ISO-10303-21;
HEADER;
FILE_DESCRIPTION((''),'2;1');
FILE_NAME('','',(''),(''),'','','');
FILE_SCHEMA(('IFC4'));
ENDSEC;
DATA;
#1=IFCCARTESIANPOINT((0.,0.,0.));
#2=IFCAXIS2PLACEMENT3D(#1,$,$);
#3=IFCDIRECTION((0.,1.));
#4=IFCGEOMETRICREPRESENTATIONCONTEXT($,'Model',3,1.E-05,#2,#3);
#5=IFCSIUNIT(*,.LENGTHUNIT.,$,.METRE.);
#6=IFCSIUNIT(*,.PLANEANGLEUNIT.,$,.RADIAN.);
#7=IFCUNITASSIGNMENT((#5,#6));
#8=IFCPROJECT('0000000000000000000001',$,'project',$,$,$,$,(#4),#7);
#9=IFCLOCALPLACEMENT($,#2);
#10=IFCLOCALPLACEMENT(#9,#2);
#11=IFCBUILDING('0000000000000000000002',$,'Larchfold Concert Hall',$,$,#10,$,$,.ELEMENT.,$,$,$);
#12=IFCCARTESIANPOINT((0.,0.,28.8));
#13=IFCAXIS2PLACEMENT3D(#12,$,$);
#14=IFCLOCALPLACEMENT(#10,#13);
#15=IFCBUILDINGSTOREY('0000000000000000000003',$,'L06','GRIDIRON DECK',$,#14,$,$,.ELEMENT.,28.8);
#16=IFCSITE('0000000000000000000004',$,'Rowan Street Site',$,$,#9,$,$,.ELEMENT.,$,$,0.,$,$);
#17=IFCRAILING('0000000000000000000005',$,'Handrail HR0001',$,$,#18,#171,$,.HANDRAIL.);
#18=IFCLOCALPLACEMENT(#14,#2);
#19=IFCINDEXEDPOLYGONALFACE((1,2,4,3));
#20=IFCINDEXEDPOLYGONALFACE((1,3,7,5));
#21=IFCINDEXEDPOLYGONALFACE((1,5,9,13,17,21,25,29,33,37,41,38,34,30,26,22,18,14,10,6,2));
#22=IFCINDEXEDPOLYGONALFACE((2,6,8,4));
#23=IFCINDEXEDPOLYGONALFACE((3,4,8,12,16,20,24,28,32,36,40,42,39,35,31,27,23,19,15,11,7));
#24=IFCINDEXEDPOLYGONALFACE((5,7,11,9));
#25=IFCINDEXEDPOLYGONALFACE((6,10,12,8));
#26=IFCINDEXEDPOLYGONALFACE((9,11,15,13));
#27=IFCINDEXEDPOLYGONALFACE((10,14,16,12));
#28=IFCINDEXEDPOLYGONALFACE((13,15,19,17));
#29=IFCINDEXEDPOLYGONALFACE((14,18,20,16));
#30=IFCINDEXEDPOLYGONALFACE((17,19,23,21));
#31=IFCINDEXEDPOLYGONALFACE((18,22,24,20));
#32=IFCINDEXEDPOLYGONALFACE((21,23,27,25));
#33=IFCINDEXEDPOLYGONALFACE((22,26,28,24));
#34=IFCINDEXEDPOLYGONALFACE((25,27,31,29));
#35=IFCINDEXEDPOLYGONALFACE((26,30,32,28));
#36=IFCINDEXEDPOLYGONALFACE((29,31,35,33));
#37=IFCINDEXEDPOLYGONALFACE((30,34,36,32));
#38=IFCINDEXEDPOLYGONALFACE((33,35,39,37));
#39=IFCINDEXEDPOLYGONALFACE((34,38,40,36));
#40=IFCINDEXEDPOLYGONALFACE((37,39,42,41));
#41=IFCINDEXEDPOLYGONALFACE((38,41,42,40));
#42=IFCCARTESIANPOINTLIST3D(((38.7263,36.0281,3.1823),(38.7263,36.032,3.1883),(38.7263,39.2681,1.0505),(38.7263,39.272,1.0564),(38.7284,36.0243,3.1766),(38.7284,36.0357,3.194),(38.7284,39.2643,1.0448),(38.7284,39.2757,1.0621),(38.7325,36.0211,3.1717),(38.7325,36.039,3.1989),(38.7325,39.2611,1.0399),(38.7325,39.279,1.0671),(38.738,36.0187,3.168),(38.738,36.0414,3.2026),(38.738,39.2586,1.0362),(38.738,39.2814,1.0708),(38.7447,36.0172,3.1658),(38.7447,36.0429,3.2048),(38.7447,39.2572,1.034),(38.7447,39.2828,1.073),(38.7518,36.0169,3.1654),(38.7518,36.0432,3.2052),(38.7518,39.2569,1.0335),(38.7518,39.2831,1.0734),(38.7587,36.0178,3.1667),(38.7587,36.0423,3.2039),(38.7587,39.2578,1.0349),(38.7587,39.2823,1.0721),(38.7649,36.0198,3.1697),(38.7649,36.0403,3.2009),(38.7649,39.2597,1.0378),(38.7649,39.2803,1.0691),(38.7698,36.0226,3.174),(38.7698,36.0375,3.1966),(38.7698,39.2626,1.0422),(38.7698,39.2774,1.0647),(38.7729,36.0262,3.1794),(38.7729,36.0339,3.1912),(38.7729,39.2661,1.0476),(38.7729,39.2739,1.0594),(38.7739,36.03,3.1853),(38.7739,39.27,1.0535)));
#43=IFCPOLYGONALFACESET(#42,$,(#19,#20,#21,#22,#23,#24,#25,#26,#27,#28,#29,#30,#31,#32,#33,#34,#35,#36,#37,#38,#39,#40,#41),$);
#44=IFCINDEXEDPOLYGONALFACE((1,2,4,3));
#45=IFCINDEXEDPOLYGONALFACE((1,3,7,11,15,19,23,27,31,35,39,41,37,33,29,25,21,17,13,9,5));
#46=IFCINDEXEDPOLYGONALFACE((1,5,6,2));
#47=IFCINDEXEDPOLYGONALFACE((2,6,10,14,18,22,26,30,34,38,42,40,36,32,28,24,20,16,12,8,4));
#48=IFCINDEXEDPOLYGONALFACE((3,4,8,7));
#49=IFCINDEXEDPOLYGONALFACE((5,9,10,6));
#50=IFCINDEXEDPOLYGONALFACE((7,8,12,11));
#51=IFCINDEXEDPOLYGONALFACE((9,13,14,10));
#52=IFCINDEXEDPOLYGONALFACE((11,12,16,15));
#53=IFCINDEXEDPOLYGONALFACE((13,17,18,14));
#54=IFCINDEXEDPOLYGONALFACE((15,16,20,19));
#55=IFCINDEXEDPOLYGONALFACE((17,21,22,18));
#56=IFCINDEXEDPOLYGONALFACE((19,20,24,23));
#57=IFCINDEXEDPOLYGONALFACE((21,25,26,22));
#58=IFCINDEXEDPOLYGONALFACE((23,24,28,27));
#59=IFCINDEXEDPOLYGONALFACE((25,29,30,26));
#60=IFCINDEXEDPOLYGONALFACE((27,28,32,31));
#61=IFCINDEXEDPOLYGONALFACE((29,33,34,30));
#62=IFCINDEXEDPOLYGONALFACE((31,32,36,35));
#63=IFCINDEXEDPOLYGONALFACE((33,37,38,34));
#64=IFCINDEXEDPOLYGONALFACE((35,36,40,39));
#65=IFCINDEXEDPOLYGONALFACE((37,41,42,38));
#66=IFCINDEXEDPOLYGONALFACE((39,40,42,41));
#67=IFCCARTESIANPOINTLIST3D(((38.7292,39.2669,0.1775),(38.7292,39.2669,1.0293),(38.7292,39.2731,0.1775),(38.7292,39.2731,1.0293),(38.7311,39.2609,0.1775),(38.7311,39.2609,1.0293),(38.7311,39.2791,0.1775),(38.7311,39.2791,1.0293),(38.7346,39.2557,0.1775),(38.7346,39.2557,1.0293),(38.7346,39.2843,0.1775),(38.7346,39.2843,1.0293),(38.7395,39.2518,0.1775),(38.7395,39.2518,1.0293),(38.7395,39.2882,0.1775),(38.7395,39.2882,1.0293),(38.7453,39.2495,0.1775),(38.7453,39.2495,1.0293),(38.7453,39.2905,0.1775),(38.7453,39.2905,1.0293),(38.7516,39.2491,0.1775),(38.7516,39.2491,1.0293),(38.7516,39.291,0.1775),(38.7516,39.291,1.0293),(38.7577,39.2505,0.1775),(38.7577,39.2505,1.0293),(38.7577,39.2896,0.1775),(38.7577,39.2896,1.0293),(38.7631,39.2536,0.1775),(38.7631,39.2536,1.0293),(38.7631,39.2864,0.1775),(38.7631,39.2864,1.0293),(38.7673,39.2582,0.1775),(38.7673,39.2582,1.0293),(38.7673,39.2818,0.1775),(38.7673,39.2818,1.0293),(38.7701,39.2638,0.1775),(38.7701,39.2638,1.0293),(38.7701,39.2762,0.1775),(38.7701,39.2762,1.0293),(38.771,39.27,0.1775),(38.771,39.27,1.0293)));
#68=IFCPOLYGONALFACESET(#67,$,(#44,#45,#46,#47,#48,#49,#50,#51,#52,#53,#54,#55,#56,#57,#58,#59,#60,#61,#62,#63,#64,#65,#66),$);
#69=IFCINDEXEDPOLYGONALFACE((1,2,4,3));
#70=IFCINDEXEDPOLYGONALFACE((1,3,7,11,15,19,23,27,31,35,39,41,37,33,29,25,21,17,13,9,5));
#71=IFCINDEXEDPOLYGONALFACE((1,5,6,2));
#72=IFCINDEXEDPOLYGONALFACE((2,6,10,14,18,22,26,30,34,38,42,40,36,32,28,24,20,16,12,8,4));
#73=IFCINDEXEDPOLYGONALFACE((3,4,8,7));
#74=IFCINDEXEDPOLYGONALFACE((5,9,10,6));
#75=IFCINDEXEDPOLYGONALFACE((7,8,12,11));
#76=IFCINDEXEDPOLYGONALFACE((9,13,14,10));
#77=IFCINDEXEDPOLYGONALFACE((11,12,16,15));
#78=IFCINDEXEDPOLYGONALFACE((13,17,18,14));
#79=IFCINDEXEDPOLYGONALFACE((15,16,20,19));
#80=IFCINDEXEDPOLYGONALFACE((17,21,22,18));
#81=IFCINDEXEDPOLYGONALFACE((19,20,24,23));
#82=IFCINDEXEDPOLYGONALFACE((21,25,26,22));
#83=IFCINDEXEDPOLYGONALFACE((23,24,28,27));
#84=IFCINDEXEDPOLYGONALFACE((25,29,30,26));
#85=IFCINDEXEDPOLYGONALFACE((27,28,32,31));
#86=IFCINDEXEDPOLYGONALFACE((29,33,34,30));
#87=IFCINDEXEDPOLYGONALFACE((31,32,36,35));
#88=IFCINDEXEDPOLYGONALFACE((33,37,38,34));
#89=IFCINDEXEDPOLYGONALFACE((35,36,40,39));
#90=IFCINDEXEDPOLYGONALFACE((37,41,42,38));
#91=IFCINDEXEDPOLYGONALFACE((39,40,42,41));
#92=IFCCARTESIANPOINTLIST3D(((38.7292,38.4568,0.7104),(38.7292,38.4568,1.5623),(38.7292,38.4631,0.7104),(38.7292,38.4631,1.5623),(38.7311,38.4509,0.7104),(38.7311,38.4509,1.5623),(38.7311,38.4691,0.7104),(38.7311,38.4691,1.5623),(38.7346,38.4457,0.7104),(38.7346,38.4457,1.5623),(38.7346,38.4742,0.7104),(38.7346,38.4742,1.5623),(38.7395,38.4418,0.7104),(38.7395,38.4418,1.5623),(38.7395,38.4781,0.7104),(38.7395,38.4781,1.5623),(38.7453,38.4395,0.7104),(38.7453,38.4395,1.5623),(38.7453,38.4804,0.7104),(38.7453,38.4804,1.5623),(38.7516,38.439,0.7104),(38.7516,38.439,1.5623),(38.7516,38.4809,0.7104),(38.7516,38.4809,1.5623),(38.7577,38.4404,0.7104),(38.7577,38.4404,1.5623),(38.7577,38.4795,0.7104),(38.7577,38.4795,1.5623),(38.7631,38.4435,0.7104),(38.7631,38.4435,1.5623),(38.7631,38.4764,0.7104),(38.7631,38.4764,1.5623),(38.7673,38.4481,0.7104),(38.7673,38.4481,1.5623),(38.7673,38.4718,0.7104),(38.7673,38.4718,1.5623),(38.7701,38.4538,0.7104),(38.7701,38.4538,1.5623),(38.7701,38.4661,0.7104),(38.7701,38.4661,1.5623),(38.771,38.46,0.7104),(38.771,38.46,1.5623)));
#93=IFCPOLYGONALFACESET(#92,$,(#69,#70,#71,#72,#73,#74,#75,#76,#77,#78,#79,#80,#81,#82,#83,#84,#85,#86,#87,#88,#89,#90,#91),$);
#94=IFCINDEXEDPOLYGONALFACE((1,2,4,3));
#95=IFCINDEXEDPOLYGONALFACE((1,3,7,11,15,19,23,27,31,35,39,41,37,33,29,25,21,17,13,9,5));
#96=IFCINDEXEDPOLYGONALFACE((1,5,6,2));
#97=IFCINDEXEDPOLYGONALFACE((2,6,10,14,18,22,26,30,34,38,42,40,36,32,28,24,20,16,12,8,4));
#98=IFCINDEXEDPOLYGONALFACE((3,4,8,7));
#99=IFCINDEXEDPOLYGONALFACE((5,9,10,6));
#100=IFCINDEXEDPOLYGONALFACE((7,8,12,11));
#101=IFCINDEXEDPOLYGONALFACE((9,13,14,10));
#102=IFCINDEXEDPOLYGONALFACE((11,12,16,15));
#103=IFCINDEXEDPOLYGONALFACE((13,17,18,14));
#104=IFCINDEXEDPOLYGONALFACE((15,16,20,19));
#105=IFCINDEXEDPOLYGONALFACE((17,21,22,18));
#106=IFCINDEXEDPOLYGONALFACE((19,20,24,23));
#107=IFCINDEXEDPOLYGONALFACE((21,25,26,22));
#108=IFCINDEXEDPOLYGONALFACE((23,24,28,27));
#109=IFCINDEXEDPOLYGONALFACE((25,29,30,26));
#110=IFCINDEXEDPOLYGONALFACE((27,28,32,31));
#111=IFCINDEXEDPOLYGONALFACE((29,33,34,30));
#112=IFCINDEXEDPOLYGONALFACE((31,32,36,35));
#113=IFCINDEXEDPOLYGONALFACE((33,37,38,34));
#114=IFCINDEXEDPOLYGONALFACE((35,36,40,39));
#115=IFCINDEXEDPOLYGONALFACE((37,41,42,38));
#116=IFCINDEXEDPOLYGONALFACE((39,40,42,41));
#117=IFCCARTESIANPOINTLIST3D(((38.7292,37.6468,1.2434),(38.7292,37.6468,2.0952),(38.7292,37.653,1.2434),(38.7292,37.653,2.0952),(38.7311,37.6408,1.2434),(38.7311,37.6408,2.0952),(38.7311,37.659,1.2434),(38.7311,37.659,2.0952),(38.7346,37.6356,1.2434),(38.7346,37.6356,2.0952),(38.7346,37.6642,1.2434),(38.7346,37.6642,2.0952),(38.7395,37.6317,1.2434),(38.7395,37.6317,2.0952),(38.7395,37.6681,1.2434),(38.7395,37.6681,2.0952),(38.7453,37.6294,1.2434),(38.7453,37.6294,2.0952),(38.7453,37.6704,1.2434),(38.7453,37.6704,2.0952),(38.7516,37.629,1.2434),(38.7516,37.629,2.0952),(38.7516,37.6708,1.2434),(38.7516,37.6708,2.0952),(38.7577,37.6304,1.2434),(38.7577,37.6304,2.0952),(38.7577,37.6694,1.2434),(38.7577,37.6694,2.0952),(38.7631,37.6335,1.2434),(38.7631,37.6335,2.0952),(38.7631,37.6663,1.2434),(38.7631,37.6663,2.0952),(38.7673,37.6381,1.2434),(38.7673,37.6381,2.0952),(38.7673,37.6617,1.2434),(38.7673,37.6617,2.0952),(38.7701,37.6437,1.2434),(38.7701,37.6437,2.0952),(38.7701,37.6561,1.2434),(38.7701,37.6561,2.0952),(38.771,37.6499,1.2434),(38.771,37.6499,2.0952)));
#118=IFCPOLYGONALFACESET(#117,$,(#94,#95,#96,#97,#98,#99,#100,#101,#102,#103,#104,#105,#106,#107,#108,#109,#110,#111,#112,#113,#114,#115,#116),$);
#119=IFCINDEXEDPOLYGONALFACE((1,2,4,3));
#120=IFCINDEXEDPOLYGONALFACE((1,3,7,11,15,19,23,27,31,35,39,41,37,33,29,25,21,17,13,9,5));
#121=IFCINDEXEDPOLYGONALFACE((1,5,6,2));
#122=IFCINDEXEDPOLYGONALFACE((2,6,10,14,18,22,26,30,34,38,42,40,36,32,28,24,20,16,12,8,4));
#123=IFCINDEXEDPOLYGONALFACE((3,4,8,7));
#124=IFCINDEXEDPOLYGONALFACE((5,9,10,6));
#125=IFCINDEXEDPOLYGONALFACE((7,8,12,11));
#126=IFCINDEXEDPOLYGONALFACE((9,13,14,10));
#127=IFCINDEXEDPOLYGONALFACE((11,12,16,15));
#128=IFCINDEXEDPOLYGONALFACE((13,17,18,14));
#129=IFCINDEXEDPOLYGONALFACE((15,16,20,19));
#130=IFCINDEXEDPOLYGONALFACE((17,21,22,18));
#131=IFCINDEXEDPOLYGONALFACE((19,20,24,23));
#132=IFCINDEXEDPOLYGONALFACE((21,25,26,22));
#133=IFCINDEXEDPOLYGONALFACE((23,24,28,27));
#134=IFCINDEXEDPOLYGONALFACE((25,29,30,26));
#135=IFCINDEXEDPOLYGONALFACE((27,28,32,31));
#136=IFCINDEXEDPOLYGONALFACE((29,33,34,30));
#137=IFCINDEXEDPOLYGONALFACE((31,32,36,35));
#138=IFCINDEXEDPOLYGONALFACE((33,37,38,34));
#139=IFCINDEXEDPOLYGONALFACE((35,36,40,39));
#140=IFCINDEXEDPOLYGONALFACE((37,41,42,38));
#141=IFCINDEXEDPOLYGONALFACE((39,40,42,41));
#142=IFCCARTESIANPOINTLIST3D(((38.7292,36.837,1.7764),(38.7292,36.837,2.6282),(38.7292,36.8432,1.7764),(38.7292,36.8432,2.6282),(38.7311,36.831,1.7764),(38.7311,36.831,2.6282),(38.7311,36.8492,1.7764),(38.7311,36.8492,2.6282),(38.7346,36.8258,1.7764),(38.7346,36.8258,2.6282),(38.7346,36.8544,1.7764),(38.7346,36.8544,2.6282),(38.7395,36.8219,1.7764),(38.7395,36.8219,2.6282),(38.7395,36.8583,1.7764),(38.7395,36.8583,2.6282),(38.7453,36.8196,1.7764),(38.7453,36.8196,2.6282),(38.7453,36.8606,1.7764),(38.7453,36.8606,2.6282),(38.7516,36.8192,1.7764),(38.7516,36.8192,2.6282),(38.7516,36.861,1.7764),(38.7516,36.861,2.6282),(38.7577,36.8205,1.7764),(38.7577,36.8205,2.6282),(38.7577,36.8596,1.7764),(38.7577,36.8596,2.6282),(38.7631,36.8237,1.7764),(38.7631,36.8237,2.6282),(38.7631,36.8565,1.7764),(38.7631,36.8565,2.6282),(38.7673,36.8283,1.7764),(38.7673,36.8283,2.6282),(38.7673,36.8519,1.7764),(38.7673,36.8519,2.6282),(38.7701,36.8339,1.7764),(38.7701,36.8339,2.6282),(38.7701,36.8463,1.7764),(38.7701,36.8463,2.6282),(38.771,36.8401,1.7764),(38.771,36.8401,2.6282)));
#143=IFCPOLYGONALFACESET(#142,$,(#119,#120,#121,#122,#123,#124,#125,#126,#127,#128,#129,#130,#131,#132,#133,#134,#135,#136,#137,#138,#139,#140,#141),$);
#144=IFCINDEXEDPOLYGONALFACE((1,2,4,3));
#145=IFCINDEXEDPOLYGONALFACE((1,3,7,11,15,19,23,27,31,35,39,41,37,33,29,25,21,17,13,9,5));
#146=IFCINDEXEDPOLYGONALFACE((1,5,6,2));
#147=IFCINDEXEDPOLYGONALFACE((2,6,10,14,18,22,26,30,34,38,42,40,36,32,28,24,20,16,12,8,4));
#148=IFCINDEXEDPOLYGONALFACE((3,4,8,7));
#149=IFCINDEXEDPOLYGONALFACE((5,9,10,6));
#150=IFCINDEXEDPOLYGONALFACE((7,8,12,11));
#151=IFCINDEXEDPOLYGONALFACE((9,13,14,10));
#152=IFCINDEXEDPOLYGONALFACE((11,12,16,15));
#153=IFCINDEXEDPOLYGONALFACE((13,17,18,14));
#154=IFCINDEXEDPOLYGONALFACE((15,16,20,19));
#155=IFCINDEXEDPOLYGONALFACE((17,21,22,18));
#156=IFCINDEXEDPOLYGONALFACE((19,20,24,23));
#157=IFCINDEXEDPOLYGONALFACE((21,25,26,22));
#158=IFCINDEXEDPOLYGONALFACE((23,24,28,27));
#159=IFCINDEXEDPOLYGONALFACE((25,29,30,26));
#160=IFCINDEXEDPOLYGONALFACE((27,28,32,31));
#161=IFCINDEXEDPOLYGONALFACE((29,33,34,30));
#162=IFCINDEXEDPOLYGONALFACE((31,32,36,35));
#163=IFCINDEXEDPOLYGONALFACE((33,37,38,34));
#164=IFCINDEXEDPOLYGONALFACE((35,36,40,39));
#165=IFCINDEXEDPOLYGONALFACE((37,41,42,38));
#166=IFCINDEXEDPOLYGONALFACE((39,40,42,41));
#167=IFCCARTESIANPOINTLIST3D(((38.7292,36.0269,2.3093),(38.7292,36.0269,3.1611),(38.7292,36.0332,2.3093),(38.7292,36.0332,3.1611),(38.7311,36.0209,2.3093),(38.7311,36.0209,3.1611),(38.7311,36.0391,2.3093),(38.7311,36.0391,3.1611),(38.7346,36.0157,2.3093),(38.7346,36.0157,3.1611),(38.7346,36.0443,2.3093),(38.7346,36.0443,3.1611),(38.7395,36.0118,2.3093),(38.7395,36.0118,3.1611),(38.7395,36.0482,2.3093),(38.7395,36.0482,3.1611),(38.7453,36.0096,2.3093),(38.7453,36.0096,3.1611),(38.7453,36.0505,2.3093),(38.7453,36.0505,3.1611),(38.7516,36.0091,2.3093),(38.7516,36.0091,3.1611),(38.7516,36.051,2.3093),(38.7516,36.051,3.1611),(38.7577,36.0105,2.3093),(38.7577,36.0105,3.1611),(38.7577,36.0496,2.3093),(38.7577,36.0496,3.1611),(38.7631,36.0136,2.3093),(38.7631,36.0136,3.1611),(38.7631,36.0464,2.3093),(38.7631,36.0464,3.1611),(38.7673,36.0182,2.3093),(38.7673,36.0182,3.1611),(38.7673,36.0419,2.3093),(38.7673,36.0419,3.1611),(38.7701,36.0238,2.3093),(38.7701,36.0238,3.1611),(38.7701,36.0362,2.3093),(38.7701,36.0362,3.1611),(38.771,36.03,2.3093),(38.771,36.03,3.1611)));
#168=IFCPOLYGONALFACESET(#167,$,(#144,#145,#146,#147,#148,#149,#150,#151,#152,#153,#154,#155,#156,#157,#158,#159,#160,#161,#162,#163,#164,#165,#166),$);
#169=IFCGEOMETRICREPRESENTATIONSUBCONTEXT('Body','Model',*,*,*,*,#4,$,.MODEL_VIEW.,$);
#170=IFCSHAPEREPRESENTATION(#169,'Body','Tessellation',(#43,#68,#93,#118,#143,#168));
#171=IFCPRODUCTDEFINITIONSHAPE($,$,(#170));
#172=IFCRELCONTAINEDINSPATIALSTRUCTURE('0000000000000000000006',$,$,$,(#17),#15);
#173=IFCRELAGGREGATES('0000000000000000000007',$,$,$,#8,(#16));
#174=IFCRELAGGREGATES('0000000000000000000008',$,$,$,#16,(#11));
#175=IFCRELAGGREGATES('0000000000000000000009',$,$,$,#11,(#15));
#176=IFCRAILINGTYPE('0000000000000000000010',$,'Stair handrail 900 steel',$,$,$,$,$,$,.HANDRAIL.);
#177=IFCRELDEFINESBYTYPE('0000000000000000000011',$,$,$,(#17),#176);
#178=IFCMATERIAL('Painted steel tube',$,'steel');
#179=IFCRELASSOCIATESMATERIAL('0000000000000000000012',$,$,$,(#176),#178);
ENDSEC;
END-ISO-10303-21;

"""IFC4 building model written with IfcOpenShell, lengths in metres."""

from ifc_helpers import new_model, si_unit, direction, frame, origin, origin_2d, place, context, subcontext, project, spatial, circle, extrude, material, type_object, element, save


model = new_model("IFC4")

# Units and contexts
model_context = context("Model", 3, precision=1e-05, world=origin(), true_north=direction((0.0, 1.0)))
body_context = subcontext(model_context, "Body", "Model", "MODEL_VIEW")
ifc_project = project(units=[si_unit("LENGTHUNIT", "METRE"), si_unit("PLANEANGLEUNIT", "RADIAN")], contexts=[model_context])

# Site, building, storey
site_placement = place(None, origin())
site = spatial("IfcSite", under=ifc_project, at=site_placement, Name="Rowan Street Site", CompositionType="ELEMENT", RefElevation=0.0)
building_placement = place(site_placement, origin())
building = spatial("IfcBuilding", under=site, at=building_placement, Name="Larchfold Concert Hall", CompositionType="ELEMENT")
storey_placement = place(building_placement, frame((0.0, 0.0, 28.8)))
storey = spatial("IfcBuildingStorey", under=building, at=storey_placement, Name="L06", Description="GRIDIRON DECK", CompositionType="ELEMENT", Elevation=28.8)

# Railing
ifc_material_1 = material(Name="Painted steel tube", Category="steel")
railing_type_1 = type_object("IfcRailingType", Name="Stair handrail 900 steel", PredefinedType="HANDRAIL", material=ifc_material_1)
for number, where, name in (
    (1, (38.75, 39.27, 0.1775), "Handrail HR0001"),
):
    element("IfcRailing", number, at=place(storey_placement, frame(where)), inside=storey, type_object=railing_type_1, Name=name, PredefinedType="HANDRAIL", context=body_context, shape_type="SweptSolid", body=[
        extrude(circle(Radius=0.0239, at=origin_2d()), frame((0.0, 0.0, 0.876), z_axis=(0.0, -0.835386, 0.549664), x_axis=(1.0, 0.0, 0.0)), (0.0, 0.0, 1.0), 3.8784),
        extrude(circle(Radius=0.021, at=origin_2d()), origin(), (0.0, 0.0, 1.0), 0.8518),
        extrude(circle(Radius=0.021, at=origin_2d()), frame((0.0, -0.8101, 0.533)), (0.0, 0.0, 1.0), 0.8518),
        extrude(circle(Radius=0.021, at=origin_2d()), frame((0.0, -1.6201, 1.0659)), (0.0, 0.0, 1.0), 0.8518),
        extrude(circle(Radius=0.021, at=origin_2d()), frame((0.0, -2.4299, 1.5989)), (0.0, 0.0, 1.0), 0.8518),
        extrude(circle(Radius=0.021, at=origin_2d()), frame((0.0, -3.24, 2.1318)), (0.0, 0.0, 1.0), 0.8518),
    ])

save(model, "model.ifc")
